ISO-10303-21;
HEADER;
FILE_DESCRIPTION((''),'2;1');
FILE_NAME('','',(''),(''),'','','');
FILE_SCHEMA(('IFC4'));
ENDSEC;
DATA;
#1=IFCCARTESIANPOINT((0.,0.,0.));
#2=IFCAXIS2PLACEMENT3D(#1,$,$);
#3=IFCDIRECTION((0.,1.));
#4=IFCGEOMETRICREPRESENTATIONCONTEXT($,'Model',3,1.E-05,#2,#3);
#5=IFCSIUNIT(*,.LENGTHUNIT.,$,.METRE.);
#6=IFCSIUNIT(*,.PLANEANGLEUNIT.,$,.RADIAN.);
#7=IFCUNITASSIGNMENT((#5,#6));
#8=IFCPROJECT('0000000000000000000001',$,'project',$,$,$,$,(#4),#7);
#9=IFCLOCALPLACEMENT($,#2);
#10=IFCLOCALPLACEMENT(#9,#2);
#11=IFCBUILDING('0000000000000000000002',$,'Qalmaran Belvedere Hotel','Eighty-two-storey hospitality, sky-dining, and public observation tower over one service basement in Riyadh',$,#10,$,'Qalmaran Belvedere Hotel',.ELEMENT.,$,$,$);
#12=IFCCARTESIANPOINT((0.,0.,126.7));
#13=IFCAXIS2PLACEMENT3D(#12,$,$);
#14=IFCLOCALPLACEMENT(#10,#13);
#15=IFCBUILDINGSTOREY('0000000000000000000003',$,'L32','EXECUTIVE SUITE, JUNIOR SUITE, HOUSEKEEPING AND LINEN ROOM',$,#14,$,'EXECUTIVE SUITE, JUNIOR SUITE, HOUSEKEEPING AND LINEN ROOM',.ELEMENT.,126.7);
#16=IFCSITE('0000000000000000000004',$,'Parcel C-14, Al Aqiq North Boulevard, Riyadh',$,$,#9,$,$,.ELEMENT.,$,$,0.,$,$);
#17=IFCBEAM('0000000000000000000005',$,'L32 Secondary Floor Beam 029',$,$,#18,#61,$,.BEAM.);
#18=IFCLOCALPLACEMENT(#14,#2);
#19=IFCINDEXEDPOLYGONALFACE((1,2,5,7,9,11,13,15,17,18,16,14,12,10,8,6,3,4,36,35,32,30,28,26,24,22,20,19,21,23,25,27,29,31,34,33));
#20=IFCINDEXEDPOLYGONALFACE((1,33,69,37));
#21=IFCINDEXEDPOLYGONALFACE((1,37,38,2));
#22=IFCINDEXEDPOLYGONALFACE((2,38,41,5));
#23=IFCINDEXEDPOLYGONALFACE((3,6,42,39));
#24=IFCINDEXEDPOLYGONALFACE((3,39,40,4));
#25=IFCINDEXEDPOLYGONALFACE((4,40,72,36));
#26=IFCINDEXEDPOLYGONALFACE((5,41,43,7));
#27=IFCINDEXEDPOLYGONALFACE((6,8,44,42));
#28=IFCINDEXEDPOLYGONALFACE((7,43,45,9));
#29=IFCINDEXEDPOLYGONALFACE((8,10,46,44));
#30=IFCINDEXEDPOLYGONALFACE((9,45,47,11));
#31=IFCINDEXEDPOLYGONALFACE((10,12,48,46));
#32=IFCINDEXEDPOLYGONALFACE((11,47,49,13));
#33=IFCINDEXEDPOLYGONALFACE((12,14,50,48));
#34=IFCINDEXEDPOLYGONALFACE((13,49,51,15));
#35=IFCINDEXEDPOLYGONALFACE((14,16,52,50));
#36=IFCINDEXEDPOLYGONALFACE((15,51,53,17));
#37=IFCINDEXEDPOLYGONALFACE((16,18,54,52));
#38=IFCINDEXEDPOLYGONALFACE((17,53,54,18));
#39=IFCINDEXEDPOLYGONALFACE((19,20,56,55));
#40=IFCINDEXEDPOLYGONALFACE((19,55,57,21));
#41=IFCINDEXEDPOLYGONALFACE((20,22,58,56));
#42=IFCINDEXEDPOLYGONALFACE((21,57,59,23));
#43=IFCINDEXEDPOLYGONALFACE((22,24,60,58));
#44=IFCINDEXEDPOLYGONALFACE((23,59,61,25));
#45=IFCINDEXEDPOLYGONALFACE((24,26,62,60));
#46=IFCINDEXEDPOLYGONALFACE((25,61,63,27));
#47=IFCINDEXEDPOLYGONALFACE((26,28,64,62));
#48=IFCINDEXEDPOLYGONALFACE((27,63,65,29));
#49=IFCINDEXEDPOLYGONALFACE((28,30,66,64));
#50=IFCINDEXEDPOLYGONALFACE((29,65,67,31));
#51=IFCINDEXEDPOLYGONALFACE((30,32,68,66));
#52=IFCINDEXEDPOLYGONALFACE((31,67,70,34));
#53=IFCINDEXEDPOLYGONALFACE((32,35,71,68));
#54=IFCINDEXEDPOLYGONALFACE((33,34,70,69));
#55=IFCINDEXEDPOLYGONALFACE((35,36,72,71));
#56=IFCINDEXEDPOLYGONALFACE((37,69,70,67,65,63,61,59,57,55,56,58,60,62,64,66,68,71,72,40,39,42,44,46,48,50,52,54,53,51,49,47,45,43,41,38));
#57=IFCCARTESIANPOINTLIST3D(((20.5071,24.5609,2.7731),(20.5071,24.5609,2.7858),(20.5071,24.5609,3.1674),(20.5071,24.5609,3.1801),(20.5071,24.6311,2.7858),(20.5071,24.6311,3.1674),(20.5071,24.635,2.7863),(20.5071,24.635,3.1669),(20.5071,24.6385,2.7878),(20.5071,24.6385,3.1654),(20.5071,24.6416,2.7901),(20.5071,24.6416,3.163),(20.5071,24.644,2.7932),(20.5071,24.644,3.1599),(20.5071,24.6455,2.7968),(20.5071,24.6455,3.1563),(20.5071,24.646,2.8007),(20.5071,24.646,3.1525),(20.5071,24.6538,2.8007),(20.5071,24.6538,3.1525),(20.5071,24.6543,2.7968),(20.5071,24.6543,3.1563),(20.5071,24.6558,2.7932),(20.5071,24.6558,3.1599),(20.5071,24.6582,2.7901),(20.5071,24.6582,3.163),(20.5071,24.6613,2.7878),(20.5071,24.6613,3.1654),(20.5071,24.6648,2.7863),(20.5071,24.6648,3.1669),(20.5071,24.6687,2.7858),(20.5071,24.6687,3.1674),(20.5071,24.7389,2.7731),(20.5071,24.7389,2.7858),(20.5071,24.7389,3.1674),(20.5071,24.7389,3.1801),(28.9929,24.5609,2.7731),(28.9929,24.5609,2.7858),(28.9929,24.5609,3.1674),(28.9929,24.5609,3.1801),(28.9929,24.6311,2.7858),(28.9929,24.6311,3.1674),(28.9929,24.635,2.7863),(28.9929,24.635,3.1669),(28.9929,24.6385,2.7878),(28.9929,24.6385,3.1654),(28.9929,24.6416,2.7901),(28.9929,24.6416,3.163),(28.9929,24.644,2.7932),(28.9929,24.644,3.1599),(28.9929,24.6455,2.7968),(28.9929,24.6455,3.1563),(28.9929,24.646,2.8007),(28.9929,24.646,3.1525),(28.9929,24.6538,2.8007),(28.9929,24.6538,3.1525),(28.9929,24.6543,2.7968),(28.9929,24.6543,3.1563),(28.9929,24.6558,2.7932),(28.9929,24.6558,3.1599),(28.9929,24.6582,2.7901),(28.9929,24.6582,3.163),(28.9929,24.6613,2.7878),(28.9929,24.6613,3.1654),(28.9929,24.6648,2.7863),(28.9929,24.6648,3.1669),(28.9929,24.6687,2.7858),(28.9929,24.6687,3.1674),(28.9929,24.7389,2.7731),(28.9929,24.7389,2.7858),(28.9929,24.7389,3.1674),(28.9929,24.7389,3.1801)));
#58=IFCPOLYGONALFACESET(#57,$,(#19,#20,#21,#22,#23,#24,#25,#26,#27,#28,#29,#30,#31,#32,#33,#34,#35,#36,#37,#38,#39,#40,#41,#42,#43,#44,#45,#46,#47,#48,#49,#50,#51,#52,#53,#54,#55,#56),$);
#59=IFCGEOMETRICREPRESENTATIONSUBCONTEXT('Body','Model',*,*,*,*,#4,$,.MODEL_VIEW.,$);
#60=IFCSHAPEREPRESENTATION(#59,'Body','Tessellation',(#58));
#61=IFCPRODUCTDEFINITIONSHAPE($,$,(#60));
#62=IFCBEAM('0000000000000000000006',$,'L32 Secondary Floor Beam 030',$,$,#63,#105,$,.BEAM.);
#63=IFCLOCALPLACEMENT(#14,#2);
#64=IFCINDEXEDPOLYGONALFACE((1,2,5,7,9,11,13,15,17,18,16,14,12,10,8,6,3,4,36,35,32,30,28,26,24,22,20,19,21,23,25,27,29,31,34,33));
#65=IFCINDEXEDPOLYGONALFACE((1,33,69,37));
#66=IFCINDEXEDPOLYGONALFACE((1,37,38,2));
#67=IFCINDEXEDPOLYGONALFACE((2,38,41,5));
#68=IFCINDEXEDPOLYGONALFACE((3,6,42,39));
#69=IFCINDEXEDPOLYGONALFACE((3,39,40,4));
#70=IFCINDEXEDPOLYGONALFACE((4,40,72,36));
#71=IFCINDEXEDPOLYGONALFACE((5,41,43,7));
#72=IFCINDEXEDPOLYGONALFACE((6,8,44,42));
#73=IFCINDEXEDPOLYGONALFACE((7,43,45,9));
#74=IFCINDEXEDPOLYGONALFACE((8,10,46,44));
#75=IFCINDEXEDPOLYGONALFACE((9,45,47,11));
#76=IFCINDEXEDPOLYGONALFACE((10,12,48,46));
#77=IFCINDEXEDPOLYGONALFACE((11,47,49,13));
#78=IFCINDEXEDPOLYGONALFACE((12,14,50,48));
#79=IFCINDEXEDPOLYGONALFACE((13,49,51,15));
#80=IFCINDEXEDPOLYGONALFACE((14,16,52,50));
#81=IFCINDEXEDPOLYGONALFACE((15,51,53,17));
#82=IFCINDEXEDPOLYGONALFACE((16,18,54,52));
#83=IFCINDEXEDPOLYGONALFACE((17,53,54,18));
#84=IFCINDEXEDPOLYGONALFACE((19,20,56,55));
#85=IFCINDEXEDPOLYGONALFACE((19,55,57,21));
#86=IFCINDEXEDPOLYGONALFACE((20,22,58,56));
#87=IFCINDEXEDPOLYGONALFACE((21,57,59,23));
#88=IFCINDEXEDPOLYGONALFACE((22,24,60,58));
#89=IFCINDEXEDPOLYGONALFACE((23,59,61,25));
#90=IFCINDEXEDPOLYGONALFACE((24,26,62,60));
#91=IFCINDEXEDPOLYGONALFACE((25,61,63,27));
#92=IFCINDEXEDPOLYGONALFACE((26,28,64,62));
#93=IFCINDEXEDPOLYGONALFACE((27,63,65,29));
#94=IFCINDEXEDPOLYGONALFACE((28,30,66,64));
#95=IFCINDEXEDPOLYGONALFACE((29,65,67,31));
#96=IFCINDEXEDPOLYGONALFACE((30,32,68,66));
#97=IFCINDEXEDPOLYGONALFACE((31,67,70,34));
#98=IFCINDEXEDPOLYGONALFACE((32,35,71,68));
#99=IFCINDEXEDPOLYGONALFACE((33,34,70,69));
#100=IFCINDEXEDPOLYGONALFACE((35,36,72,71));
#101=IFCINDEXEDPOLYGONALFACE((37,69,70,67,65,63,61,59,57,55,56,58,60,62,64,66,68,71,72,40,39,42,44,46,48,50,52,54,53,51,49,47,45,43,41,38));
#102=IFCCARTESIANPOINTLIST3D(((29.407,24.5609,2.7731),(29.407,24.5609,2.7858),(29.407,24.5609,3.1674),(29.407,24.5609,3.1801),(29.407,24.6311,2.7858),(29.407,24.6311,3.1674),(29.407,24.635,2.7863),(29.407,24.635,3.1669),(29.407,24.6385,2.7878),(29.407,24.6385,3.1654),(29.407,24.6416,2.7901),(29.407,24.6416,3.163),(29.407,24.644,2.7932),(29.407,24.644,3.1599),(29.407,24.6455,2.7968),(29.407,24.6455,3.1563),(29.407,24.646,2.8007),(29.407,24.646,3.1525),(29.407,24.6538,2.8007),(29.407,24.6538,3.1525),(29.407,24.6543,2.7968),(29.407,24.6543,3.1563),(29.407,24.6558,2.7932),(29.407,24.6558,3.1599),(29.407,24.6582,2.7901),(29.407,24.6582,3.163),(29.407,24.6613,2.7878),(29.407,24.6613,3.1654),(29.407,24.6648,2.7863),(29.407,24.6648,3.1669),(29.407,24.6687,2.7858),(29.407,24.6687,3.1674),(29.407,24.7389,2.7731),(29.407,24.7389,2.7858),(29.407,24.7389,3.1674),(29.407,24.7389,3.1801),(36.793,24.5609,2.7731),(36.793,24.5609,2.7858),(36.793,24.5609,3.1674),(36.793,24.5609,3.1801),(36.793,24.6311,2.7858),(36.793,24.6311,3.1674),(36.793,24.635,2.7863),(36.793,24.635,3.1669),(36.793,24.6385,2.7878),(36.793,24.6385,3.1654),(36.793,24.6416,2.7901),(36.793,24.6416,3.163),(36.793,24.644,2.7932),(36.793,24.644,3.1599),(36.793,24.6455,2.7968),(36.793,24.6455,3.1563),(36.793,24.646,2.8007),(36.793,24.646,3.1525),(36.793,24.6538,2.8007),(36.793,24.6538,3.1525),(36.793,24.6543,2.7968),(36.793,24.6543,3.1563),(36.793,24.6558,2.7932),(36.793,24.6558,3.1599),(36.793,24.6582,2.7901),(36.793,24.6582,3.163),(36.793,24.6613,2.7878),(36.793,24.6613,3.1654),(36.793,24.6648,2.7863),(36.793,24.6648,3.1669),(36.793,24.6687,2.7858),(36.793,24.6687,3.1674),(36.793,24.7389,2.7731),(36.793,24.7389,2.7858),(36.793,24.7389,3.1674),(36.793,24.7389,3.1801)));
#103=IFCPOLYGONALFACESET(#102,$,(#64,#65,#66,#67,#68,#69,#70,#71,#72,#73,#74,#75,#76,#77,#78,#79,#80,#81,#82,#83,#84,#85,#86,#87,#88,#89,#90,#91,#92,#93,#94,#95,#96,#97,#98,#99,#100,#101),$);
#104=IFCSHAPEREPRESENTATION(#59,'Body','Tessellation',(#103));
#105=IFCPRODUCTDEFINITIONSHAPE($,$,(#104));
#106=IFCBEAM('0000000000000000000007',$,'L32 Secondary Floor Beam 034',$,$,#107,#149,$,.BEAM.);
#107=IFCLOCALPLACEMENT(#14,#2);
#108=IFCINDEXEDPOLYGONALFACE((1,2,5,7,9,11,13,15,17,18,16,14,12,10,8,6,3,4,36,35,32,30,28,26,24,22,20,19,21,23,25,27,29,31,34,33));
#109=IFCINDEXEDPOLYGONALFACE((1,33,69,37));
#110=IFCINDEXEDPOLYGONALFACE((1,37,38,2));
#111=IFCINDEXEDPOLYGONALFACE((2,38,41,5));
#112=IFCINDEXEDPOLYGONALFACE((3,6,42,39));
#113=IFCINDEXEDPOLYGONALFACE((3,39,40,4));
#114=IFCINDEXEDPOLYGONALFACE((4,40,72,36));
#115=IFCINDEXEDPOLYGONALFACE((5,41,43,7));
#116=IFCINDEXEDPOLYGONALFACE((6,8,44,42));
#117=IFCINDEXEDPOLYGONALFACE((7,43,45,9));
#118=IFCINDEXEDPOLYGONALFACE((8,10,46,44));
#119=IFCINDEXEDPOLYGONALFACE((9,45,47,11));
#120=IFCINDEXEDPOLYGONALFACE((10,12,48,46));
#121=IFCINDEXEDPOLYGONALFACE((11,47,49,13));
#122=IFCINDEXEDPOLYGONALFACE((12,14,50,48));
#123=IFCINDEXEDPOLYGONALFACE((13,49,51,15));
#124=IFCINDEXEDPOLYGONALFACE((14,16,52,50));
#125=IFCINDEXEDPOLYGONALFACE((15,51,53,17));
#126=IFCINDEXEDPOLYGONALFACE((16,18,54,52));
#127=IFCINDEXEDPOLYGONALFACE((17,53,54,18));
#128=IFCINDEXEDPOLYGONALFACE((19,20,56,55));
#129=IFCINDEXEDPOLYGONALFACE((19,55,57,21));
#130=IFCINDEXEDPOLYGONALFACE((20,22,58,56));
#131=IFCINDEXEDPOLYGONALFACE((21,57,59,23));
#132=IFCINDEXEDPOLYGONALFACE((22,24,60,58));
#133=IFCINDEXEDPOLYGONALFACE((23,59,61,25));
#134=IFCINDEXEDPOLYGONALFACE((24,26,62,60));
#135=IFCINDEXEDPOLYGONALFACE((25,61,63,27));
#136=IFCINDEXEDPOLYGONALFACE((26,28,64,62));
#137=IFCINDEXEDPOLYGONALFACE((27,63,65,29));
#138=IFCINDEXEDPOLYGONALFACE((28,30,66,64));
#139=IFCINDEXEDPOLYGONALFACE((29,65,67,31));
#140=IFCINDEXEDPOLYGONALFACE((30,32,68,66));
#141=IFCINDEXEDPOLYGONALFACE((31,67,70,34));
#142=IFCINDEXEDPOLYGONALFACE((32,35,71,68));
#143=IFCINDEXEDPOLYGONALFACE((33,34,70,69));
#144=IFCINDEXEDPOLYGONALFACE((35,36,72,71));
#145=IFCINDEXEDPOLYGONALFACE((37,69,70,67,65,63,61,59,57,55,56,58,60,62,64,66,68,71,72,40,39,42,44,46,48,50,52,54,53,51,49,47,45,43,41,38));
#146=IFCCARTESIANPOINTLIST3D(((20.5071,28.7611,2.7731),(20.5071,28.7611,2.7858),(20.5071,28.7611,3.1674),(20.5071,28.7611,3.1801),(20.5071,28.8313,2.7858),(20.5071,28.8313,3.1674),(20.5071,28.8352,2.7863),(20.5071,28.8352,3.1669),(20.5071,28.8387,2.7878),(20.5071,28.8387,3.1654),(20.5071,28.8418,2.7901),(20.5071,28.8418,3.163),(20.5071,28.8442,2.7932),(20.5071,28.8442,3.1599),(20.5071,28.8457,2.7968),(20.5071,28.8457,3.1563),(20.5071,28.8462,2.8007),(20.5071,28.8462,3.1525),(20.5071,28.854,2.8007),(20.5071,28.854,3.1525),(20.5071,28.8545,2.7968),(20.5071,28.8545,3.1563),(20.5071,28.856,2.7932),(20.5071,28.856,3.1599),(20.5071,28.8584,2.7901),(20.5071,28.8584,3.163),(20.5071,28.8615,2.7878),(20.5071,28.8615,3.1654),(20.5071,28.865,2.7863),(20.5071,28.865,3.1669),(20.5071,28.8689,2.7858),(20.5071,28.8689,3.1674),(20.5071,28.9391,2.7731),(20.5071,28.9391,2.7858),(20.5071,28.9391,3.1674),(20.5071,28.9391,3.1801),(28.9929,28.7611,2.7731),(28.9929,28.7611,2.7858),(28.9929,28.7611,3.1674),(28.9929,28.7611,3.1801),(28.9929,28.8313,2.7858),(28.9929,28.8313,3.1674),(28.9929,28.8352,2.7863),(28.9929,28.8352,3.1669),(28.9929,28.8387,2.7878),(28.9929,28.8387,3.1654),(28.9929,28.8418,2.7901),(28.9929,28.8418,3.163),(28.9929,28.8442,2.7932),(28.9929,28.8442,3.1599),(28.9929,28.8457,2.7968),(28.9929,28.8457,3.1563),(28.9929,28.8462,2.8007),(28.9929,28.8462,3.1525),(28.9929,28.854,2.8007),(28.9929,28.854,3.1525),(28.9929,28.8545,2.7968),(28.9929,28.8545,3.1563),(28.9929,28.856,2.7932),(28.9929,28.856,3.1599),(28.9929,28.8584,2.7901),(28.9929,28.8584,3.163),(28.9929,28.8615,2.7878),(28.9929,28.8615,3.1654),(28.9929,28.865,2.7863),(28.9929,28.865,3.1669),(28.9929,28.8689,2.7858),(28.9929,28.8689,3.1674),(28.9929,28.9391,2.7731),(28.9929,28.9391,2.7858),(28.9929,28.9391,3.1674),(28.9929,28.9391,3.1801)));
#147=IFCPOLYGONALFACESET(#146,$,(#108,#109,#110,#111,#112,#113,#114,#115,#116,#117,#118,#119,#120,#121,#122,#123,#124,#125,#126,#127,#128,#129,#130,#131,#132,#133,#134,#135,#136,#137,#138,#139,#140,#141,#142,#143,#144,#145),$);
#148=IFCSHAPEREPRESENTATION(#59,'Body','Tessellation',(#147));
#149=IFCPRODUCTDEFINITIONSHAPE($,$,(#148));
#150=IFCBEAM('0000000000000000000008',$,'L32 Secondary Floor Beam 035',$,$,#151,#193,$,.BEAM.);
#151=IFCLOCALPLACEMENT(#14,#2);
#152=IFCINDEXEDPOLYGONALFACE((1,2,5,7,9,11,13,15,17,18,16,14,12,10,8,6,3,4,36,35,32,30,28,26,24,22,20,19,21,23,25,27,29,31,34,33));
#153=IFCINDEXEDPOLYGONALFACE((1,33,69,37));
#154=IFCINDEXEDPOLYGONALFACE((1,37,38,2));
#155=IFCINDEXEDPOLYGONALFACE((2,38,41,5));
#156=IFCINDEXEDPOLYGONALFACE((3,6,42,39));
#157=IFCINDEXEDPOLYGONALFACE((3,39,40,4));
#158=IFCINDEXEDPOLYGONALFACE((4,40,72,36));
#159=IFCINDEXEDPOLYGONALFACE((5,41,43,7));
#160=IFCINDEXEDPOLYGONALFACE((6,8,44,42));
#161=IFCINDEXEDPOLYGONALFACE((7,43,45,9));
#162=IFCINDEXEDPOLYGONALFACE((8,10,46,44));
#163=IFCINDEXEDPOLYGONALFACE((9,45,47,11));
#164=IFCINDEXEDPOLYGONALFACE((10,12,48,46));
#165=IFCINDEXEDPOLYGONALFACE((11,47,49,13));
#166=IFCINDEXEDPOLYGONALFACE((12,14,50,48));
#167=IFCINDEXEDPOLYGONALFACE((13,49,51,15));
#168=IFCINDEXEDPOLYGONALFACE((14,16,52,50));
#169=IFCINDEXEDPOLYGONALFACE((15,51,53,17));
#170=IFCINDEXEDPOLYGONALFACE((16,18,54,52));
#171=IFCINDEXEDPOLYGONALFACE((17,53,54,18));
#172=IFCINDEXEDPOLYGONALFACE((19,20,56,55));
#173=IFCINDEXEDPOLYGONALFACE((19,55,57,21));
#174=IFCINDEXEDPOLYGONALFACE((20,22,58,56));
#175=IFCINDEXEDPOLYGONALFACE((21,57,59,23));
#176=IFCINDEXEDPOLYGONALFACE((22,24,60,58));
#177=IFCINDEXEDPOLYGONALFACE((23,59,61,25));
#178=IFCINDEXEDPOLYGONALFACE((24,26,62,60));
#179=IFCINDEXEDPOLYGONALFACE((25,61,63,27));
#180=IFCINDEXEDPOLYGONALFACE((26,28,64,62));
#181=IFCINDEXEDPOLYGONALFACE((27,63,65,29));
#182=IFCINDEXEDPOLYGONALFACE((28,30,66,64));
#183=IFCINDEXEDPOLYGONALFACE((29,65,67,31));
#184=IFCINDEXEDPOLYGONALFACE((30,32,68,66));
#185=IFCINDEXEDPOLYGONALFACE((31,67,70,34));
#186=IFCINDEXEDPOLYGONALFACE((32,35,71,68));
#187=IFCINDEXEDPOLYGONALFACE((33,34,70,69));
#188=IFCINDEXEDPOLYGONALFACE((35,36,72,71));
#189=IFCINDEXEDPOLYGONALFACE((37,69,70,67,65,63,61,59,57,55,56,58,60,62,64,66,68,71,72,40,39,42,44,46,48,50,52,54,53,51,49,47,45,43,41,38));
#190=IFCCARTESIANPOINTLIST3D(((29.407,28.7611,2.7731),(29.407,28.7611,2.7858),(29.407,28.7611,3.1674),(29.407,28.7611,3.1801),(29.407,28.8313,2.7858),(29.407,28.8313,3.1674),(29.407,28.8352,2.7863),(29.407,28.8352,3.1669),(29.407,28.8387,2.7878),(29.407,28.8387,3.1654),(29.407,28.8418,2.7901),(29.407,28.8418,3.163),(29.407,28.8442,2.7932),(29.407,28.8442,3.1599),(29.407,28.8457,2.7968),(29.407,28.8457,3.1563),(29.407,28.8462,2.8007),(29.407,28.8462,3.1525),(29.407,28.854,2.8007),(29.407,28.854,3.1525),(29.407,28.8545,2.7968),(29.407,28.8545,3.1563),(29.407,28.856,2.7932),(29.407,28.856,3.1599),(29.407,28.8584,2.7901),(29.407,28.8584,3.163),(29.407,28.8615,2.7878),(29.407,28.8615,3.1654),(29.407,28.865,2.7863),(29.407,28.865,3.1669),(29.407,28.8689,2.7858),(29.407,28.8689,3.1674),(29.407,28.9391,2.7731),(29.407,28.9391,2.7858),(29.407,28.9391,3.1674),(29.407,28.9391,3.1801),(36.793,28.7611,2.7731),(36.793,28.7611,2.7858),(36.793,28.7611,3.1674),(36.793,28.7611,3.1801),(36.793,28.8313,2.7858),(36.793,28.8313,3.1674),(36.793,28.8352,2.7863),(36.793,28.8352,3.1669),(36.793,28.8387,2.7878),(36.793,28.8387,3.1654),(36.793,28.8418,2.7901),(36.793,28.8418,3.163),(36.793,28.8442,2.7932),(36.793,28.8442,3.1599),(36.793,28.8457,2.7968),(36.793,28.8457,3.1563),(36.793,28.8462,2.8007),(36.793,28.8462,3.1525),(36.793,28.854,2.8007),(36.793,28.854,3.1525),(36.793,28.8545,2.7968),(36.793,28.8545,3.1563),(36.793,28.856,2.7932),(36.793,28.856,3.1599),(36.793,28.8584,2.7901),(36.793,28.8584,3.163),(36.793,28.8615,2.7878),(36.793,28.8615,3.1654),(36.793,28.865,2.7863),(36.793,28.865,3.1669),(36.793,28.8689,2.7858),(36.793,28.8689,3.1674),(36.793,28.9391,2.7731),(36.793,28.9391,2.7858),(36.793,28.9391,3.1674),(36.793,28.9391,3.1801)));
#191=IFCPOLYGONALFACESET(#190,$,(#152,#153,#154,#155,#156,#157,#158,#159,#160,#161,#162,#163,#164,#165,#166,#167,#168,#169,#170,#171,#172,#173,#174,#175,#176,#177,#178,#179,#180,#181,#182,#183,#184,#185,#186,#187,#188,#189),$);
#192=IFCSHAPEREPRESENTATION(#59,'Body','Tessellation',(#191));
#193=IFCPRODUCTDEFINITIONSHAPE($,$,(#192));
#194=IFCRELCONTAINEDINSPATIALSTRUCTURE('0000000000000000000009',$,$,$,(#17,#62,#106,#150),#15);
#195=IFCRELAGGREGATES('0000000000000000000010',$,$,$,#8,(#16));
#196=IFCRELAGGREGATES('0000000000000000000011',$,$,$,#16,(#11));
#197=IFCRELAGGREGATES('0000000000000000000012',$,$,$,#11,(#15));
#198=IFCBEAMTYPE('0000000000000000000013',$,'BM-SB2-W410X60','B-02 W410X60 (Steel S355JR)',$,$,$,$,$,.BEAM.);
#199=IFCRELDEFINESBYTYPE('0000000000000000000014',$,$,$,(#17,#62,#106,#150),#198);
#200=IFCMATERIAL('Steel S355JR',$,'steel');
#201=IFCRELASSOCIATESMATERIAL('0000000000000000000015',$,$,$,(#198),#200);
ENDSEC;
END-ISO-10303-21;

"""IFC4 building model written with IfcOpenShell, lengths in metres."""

from ifc_helpers import new_model, si_unit, direction, frame, origin, origin_2d, place, context, subcontext, project, spatial, i_section, extrude, material, material_profile, profile_set, type_object, element, save


model = new_model("IFC4")

# Units and contexts
model_context = context("Model", 3, precision=1e-05, world=origin(), true_north=direction((0.0, 1.0)))
body_context = subcontext(model_context, "Body", "Model", "MODEL_VIEW")
ifc_project = project(units=[si_unit("LENGTHUNIT", "METRE"), si_unit("PLANEANGLEUNIT", "RADIAN")], contexts=[model_context])

# Site, building, storey
site_placement = place(None, origin())
site = spatial("IfcSite", under=ifc_project, at=site_placement, Name="Parcel C-14, Al Aqiq North Boulevard, Riyadh", CompositionType="ELEMENT", RefElevation=0.0)
building_placement = place(site_placement, origin())
building = spatial("IfcBuilding", under=site, at=building_placement, Name="Qalmaran Belvedere Hotel", Description="Eighty-two-storey hospitality, sky-dining, and public observation tower over one service basement in Riyadh", LongName="Qalmaran Belvedere Hotel", CompositionType="ELEMENT")
storey_placement = place(building_placement, frame((0.0, 0.0, 126.7)))
storey = spatial("IfcBuildingStorey", under=building, at=storey_placement, Name="L32", Description="EXECUTIVE SUITE, JUNIOR SUITE, HOUSEKEEPING AND LINEN ROOM", LongName="EXECUTIVE SUITE, JUNIOR SUITE, HOUSEKEEPING AND LINEN ROOM", CompositionType="ELEMENT", Elevation=126.7)

# Beams
ifc_material_1 = material(Name="Steel S355JR", Category="steel")
ifc_material_profile_1 = material_profile(ifc_material_1, i_section(OverallWidth=0.178, OverallDepth=0.407, WebThickness=0.0078, FlangeThickness=0.0127, FilletRadius=0.0149, at=origin_2d()), Name="W410X60")
ifc_profile_set_1 = profile_set([ifc_material_profile_1], Name="Steel S355JR")
beam_type_1 = type_object("IfcBeamType", Name="BM-SB2-W410X60", Description="B-02 W410X60 (Steel S355JR)", PredefinedType="BEAM", material=ifc_profile_set_1)
beam_1_placement = place(storey_placement, frame((20.5071, 24.6499, 2.9766), z_axis=(1.0, 0.0, 0.0), x_axis=(0.0, 1.0, 0.0)))
element("IfcBeam", 1, at=beam_1_placement, inside=storey, type_object=beam_type_1, Name="L32 Secondary Floor Beam 029", PredefinedType="BEAM", context=body_context, shape_type="SweptSolid", body=[
    extrude(i_section(OverallWidth=0.178, OverallDepth=0.407, WebThickness=0.0078, FlangeThickness=0.0127, FilletRadius=0.0149, at=origin_2d()), origin(), (0.0, 0.0, 1.0), 8.4858),
])
beam_2_placement = place(storey_placement, frame((29.407, 24.6499, 2.9766), z_axis=(1.0, 0.0, 0.0), x_axis=(0.0, 1.0, 0.0)))
element("IfcBeam", 2, at=beam_2_placement, inside=storey, type_object=beam_type_1, Name="L32 Secondary Floor Beam 030", PredefinedType="BEAM", context=body_context, shape_type="SweptSolid", body=[
    extrude(i_section(OverallWidth=0.178, OverallDepth=0.407, WebThickness=0.0078, FlangeThickness=0.0127, FilletRadius=0.0149, at=origin_2d()), origin(), (0.0, 0.0, 1.0), 7.386),
])
beam_3_placement = place(storey_placement, frame((20.5071, 28.8501, 2.9766), z_axis=(1.0, 0.0, 0.0), x_axis=(0.0, 1.0, 0.0)))
element("IfcBeam", 3, at=beam_3_placement, inside=storey, type_object=beam_type_1, Name="L32 Secondary Floor Beam 034", PredefinedType="BEAM", context=body_context, shape_type="SweptSolid", body=[
    extrude(i_section(OverallWidth=0.178, OverallDepth=0.407, WebThickness=0.0078, FlangeThickness=0.0127, FilletRadius=0.0149, at=origin_2d()), origin(), (0.0, 0.0, 1.0), 8.4858),
])
beam_4_placement = place(storey_placement, frame((29.407, 28.8501, 2.9766), z_axis=(1.0, 0.0, 0.0), x_axis=(0.0, 1.0, 0.0)))
element("IfcBeam", 4, at=beam_4_placement, inside=storey, type_object=beam_type_1, Name="L32 Secondary Floor Beam 035", PredefinedType="BEAM", context=body_context, shape_type="SweptSolid", body=[
    extrude(i_section(OverallWidth=0.178, OverallDepth=0.407, WebThickness=0.0078, FlangeThickness=0.0127, FilletRadius=0.0149, at=origin_2d()), origin(), (0.0, 0.0, 1.0), 7.386),
])

save(model, "model.ifc")
